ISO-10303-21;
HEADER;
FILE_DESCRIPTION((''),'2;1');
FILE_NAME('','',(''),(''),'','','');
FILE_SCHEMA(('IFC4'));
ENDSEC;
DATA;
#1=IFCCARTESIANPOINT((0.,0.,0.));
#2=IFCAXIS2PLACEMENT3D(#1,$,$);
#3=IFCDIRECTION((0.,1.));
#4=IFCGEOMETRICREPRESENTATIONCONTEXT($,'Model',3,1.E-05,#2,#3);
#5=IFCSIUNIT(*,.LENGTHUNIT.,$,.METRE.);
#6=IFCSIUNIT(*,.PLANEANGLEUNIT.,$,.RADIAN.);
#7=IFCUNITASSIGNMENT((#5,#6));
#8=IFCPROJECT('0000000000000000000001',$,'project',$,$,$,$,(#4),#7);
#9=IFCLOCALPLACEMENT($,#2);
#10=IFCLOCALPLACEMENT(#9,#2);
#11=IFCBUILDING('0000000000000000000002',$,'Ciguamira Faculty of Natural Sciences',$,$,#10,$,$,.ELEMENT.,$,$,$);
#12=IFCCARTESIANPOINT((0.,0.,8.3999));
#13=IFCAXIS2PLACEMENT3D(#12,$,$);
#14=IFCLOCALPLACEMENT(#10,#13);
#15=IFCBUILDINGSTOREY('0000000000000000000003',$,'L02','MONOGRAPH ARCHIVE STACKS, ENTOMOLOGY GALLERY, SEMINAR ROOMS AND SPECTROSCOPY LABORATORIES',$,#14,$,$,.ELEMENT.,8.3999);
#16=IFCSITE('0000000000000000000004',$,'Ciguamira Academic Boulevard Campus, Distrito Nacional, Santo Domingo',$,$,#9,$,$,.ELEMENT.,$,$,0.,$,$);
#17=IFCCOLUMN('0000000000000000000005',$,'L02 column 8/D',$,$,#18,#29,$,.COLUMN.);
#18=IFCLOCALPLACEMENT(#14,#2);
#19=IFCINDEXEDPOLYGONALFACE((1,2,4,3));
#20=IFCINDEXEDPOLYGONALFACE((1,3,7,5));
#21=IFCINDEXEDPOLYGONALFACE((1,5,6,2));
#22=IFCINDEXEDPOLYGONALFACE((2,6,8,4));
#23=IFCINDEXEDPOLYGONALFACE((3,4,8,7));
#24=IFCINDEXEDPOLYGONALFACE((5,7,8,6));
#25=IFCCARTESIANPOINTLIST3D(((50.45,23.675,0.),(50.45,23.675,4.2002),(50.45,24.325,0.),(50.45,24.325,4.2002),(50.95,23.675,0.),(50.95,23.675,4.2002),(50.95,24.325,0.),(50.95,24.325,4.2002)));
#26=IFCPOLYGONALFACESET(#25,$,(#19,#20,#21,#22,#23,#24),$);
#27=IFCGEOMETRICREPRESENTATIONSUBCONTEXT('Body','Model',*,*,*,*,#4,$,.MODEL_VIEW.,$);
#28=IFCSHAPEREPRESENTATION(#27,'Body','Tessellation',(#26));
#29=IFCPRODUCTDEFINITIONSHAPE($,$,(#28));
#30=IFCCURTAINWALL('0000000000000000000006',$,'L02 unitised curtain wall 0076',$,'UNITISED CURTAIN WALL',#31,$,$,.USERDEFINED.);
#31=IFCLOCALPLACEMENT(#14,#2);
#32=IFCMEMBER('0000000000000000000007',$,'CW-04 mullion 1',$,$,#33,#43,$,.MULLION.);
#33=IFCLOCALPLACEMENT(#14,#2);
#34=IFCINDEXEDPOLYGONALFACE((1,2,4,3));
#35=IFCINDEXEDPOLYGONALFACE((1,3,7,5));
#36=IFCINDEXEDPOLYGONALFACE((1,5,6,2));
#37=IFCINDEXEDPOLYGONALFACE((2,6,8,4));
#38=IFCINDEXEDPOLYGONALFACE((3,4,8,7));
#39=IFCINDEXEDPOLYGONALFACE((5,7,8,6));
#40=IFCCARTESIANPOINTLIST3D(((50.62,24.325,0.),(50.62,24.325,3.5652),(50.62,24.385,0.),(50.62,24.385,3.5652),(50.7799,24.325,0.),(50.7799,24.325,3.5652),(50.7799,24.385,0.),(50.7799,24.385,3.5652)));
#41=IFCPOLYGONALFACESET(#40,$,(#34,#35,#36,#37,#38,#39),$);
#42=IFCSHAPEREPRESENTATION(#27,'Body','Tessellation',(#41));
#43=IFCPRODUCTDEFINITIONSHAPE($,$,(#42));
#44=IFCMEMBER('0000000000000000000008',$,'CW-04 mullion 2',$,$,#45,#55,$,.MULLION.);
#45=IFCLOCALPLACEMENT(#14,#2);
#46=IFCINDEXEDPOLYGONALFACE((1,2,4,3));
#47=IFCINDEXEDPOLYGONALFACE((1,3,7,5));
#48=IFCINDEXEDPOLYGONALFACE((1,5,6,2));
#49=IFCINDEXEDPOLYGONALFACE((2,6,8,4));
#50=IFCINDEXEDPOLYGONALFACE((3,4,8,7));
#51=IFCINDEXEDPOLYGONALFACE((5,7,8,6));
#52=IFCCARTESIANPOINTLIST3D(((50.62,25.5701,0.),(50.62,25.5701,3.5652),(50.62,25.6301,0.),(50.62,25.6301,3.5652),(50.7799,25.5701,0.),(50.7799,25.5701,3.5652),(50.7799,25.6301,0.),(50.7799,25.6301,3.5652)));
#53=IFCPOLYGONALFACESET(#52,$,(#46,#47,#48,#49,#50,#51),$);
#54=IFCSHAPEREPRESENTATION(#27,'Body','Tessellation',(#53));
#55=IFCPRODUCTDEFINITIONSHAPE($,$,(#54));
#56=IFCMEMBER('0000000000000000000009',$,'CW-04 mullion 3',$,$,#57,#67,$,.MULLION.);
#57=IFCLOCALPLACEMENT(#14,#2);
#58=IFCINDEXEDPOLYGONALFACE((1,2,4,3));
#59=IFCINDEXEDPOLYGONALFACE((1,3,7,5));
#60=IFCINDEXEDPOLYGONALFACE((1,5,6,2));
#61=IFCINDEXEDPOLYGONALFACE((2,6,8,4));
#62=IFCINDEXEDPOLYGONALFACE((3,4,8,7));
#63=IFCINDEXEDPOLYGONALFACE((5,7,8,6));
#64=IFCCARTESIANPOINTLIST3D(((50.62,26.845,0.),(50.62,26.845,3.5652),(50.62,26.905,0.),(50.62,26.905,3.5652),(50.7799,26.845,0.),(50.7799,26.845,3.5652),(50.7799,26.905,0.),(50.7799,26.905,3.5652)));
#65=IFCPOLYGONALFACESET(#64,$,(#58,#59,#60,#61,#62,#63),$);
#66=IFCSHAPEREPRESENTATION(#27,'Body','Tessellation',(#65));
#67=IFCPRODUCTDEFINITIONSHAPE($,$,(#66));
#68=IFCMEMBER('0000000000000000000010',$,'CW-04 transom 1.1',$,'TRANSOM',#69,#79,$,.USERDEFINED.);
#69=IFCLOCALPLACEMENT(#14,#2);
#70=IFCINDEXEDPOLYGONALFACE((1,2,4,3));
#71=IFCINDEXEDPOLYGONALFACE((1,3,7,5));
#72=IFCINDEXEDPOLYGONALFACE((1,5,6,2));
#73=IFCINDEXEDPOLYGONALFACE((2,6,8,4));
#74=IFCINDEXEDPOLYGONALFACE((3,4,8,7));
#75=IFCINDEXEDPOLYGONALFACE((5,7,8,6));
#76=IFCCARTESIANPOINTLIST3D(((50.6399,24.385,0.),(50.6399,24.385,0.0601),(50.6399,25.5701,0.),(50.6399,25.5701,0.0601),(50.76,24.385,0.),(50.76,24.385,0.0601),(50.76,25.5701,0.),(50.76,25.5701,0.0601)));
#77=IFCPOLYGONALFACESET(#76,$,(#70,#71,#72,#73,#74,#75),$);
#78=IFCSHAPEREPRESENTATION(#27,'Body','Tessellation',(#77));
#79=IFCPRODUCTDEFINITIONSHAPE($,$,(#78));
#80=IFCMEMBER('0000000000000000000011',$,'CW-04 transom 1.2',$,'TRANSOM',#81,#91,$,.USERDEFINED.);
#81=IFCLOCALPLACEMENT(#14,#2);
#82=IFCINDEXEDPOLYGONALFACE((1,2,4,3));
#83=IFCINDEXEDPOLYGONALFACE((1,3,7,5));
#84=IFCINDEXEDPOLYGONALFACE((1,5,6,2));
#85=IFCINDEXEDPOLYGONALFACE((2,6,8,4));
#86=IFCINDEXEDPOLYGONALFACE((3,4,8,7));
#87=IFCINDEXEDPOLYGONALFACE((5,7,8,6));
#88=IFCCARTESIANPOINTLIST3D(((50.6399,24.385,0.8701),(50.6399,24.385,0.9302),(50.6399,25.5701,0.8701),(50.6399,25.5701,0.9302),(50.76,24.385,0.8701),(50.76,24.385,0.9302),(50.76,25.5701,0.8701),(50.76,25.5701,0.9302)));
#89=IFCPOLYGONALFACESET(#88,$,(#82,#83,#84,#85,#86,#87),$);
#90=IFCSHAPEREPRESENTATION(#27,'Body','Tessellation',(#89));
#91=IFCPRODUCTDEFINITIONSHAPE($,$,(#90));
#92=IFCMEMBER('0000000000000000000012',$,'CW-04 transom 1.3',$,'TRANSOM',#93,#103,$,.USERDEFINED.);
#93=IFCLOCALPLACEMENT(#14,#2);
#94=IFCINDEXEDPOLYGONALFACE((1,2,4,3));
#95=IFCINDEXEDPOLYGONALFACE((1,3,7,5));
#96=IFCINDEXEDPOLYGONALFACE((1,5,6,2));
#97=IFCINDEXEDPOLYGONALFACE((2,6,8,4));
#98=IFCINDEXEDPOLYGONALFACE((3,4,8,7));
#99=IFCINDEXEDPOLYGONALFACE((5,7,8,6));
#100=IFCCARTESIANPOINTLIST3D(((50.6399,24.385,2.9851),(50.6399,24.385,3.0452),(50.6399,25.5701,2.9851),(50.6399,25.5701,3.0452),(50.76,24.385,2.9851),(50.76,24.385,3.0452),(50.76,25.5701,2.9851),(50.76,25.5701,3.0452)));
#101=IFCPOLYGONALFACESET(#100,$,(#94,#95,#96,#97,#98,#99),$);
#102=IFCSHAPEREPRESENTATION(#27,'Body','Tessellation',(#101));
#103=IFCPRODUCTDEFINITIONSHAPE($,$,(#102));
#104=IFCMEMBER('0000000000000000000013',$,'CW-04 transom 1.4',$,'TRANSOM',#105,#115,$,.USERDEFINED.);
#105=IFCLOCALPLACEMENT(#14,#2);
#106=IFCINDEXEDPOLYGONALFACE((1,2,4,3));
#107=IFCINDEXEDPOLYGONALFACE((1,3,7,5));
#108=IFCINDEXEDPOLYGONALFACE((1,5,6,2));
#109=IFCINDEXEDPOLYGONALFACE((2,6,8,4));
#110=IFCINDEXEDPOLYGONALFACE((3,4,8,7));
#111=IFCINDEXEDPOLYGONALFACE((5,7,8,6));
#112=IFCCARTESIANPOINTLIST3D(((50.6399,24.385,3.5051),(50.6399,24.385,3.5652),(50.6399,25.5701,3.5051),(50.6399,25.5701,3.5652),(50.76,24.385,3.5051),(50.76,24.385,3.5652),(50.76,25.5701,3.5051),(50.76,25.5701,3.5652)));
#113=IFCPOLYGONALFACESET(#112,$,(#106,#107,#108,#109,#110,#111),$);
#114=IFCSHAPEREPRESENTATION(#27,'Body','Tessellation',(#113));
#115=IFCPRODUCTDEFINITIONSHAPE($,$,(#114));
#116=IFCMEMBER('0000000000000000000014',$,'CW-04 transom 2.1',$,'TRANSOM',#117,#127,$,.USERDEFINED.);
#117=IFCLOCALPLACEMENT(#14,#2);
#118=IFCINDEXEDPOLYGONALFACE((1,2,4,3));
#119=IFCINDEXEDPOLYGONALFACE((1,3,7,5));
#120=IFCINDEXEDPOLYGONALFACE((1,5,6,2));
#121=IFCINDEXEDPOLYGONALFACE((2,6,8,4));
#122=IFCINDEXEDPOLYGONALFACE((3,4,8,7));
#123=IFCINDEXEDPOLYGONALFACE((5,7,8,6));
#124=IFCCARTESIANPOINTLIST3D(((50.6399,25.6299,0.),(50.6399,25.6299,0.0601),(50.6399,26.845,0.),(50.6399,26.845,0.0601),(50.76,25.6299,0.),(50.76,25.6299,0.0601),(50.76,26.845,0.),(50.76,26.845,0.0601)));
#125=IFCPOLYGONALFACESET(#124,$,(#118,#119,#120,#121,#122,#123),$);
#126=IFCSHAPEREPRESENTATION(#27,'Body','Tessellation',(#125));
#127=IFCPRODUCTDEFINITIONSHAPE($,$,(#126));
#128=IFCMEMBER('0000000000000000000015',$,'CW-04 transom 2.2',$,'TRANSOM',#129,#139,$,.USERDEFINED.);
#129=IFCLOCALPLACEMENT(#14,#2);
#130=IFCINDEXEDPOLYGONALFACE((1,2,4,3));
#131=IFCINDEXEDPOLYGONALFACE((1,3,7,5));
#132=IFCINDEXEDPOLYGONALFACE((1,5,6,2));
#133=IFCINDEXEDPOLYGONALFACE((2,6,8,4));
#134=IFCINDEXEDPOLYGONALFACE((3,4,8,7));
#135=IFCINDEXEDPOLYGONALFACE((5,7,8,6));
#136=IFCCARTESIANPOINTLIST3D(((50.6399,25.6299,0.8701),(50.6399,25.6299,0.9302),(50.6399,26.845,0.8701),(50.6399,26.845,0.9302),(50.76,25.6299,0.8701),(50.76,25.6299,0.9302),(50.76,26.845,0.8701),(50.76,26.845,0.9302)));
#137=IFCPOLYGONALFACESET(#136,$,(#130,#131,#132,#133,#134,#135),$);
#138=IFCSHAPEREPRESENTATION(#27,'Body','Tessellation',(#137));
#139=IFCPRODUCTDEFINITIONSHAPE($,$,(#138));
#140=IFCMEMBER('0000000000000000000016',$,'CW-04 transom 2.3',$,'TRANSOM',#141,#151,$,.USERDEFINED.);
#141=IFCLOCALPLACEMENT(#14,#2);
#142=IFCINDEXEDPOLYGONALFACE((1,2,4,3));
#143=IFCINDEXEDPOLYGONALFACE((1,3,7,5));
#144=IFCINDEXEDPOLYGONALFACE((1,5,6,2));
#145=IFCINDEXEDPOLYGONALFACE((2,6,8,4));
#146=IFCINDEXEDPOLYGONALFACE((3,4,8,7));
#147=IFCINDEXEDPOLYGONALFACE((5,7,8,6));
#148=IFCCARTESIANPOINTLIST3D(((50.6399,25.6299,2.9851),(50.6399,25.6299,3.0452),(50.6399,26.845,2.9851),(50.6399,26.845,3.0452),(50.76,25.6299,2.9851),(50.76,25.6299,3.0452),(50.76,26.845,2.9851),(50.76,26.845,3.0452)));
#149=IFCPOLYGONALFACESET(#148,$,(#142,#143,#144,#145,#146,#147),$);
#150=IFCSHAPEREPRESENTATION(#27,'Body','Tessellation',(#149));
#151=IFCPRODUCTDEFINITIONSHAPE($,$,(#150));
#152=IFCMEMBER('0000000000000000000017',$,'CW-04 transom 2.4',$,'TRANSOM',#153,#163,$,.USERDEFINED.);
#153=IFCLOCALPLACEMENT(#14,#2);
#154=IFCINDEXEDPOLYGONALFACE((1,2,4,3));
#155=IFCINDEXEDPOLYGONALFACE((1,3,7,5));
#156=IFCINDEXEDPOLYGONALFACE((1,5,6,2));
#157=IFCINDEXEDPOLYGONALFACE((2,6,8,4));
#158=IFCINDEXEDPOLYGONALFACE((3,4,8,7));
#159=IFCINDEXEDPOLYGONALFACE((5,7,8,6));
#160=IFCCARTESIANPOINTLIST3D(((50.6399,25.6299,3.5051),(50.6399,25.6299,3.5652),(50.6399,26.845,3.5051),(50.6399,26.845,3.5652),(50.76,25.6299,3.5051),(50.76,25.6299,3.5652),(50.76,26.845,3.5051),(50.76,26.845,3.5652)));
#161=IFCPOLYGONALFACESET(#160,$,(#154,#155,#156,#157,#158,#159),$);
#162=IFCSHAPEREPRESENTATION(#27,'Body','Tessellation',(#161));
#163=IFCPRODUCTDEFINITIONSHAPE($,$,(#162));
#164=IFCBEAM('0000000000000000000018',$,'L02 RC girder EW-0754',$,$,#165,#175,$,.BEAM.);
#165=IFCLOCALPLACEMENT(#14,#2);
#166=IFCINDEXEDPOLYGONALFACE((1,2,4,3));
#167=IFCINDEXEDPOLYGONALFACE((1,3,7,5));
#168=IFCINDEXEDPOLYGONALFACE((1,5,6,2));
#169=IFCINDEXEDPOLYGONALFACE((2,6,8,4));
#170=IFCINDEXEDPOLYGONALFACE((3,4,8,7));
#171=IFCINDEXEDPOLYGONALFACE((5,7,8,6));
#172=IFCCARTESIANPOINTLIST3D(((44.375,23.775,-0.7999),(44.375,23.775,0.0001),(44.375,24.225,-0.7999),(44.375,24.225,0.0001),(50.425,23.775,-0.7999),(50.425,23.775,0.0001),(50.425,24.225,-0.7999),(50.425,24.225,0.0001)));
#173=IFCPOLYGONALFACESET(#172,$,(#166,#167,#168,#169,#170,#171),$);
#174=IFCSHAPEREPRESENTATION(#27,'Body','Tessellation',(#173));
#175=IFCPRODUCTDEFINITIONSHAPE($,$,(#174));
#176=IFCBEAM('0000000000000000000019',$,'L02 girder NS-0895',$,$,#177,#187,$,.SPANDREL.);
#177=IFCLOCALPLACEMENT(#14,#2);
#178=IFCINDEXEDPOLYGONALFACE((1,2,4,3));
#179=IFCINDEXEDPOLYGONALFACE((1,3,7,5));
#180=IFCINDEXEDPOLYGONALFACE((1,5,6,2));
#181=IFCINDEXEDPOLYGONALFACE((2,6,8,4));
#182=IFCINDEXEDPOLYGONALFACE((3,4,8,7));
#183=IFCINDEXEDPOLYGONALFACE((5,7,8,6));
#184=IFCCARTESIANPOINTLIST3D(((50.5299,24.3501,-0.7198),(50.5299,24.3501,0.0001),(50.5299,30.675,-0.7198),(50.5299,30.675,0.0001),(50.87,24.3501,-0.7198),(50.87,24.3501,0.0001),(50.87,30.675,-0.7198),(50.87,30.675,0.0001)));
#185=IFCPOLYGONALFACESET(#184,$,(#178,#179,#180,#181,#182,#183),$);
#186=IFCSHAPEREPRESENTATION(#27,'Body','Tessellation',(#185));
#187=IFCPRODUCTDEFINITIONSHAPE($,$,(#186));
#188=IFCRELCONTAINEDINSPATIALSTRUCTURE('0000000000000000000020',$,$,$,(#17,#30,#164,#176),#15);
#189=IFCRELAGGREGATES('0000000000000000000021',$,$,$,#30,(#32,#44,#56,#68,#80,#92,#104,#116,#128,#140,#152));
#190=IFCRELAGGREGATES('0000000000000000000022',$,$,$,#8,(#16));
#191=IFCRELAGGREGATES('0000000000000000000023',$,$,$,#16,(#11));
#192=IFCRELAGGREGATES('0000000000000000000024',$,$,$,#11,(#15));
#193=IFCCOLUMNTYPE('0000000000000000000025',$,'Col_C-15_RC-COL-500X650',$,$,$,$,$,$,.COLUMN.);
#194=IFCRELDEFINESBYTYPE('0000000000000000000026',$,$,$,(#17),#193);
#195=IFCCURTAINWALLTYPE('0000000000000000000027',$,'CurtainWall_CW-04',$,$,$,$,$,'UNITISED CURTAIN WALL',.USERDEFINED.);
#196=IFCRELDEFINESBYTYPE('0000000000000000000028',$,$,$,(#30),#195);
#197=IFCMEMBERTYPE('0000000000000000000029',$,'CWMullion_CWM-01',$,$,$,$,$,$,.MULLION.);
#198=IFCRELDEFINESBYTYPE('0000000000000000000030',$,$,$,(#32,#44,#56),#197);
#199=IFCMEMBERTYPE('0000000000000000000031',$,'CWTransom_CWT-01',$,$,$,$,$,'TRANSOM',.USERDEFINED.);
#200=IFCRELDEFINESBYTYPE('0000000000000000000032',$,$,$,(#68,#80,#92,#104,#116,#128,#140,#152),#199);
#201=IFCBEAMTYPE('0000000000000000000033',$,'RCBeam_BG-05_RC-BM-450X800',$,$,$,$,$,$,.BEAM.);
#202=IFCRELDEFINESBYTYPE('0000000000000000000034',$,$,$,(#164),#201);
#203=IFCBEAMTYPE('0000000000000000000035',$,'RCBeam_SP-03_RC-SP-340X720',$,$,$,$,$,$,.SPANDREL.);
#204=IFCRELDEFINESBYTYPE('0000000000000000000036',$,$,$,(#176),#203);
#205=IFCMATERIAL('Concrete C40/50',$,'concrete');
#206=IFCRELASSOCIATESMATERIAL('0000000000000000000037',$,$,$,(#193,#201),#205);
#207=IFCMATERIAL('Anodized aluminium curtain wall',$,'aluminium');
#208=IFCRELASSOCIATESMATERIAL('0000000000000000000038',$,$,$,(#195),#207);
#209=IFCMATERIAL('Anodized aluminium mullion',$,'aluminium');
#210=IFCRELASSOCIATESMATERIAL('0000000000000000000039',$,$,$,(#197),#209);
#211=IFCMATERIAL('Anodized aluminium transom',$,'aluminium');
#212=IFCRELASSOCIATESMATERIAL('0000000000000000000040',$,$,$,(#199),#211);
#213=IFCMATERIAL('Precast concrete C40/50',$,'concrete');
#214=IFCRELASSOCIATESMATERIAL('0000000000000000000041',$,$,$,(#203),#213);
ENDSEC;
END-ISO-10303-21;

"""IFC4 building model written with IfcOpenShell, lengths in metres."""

from ifc_helpers import new_model, si_unit, direction, frame, origin, origin_2d, place, context, subcontext, project, spatial, rectangle, extrude, material, material_profile, profile_set, type_object, element, aggregate, save


model = new_model("IFC4")

# Units and contexts
model_context = context("Model", 3, precision=1e-05, world=origin(), true_north=direction((0.0, 1.0)))
body_context = subcontext(model_context, "Body", "Model", "MODEL_VIEW")
ifc_project = project(units=[si_unit("LENGTHUNIT", "METRE"), si_unit("PLANEANGLEUNIT", "RADIAN")], contexts=[model_context])

# Site, building, storey
site_placement = place(None, origin())
site = spatial("IfcSite", under=ifc_project, at=site_placement, Name="Ciguamira Academic Boulevard Campus, Distrito Nacional, Santo Domingo", CompositionType="ELEMENT", RefElevation=0.0)
building_placement = place(site_placement, origin())
building = spatial("IfcBuilding", under=site, at=building_placement, Name="Ciguamira Faculty of Natural Sciences", CompositionType="ELEMENT")
storey_placement = place(building_placement, frame((0.0, 0.0, 8.3999)))
storey = spatial("IfcBuildingStorey", under=building, at=storey_placement, Name="L02", Description="MONOGRAPH ARCHIVE STACKS, ENTOMOLOGY GALLERY, SEMINAR ROOMS AND SPECTROSCOPY LABORATORIES", CompositionType="ELEMENT", Elevation=8.3999)

# Column
ifc_material_1 = material(Name="Concrete C40/50", Category="concrete")
ifc_material_profile_1 = material_profile(ifc_material_1, rectangle(XDim=0.5, YDim=0.6499, at=origin_2d()), Name="RC-COL-500X650")
ifc_profile_set_1 = profile_set([ifc_material_profile_1], Name="Concrete C40/50")
column_type = type_object("IfcColumnType", Name="Col_C-15_RC-COL-500X650", PredefinedType="COLUMN", material=ifc_profile_set_1)
column_placement = place(storey_placement, frame((50.7, 24.0, 0.0), z_axis=(0.0, 0.0, 1.0), x_axis=(1.0, 0.0, 0.0)))
element("IfcColumn", 1, at=column_placement, inside=storey, type_object=column_type, Name="L02 column 8/D", PredefinedType="COLUMN", context=body_context, shape_type="SweptSolid", body=[
    extrude(rectangle(XDim=0.5, YDim=0.6499, at=origin_2d()), origin(), (0.0, 0.0, 1.0), 4.2002),
])

# Curtain wall, members
ifc_material_2 = material(Name="Anodized aluminium curtain wall", Category="aluminium")
curtain_wall_type = type_object("IfcCurtainWallType", Name="CurtainWall_CW-04", ElementType="UNITISED CURTAIN WALL", PredefinedType="USERDEFINED", material=ifc_material_2)
curtain_wall_placement = place(storey_placement, origin())
curtain_wall = element("IfcCurtainWall", 2, at=curtain_wall_placement, inside=storey, type_object=curtain_wall_type, Name="L02 unitised curtain wall 0076", ObjectType="UNITISED CURTAIN WALL", PredefinedType="USERDEFINED")
ifc_material_3 = material(Name="Anodized aluminium mullion", Category="aluminium")
ifc_material_profile_2 = material_profile(ifc_material_3, rectangle(XDim=0.0601, YDim=0.1599, at=origin_2d()), Name="ALU-MUL-60X160")
ifc_profile_set_2 = profile_set([ifc_material_profile_2], Name="Anodized aluminium mullion")
member_type_1 = type_object("IfcMemberType", Name="CWMullion_CWM-01", PredefinedType="MULLION", material=ifc_profile_set_2)
member_1_placement = place(storey_placement, frame((50.7, 24.355, 0.0), z_axis=(0.0, 0.0, 1.0), x_axis=(0.0, 1.0, 0.0)))
member_1 = element("IfcMember", 3, at=member_1_placement, type_object=member_type_1, Name="CW-04 mullion 1", PredefinedType="MULLION", context=body_context, shape_type="SweptSolid", body=[
    extrude(rectangle(XDim=0.0601, YDim=0.1599, at=origin_2d()), origin(), (0.0, 0.0, 1.0), 3.5652),
])
member_2_placement = place(storey_placement, frame((50.7, 25.6001, 0.0), z_axis=(0.0, 0.0, 1.0), x_axis=(0.0, 1.0, 0.0)))
member_2 = element("IfcMember", 4, at=member_2_placement, type_object=member_type_1, Name="CW-04 mullion 2", PredefinedType="MULLION", context=body_context, shape_type="SweptSolid", body=[
    extrude(rectangle(XDim=0.0601, YDim=0.1599, at=origin_2d()), origin(), (0.0, 0.0, 1.0), 3.5652),
])
member_3_placement = place(storey_placement, frame((50.7, 26.875, 0.0), z_axis=(0.0, 0.0, 1.0), x_axis=(0.0, 1.0, 0.0)))
member_3 = element("IfcMember", 5, at=member_3_placement, type_object=member_type_1, Name="CW-04 mullion 3", PredefinedType="MULLION", context=body_context, shape_type="SweptSolid", body=[
    extrude(rectangle(XDim=0.0601, YDim=0.1599, at=origin_2d()), origin(), (0.0, 0.0, 1.0), 3.5652),
])
ifc_material_4 = material(Name="Anodized aluminium transom", Category="aluminium")
ifc_material_profile_3 = material_profile(ifc_material_4, rectangle(XDim=0.0601, YDim=0.1201, at=origin_2d()), Name="ALU-TRN-60X120")
ifc_profile_set_3 = profile_set([ifc_material_profile_3], Name="Anodized aluminium transom")
member_type_2 = type_object("IfcMemberType", Name="CWTransom_CWT-01", ElementType="TRANSOM", PredefinedType="USERDEFINED", material=ifc_profile_set_3)
member_4_placement = place(storey_placement, frame((50.7, 24.385, 0.03), z_axis=(0.0, 1.0, 0.0), x_axis=(0.0, 0.0, 1.0)))
member_4 = element("IfcMember", 6, at=member_4_placement, type_object=member_type_2, Name="CW-04 transom 1.1", ObjectType="TRANSOM", PredefinedType="USERDEFINED", context=body_context, shape_type="SweptSolid", body=[
    extrude(rectangle(XDim=0.0601, YDim=0.1201, at=origin_2d()), origin(), (0.0, 0.0, 1.0), 1.1851),
])
member_5_placement = place(storey_placement, frame((50.7, 24.385, 0.9001), z_axis=(0.0, 1.0, 0.0), x_axis=(0.0, 0.0, 1.0)))
member_5 = element("IfcMember", 7, at=member_5_placement, type_object=member_type_2, Name="CW-04 transom 1.2", ObjectType="TRANSOM", PredefinedType="USERDEFINED", context=body_context, shape_type="SweptSolid", body=[
    extrude(rectangle(XDim=0.0601, YDim=0.1201, at=origin_2d()), origin(), (0.0, 0.0, 1.0), 1.1851),
])
member_6_placement = place(storey_placement, frame((50.7, 24.385, 3.0151), z_axis=(0.0, 1.0, 0.0), x_axis=(0.0, 0.0, 1.0)))
member_6 = element("IfcMember", 8, at=member_6_placement, type_object=member_type_2, Name="CW-04 transom 1.3", ObjectType="TRANSOM", PredefinedType="USERDEFINED", context=body_context, shape_type="SweptSolid", body=[
    extrude(rectangle(XDim=0.0601, YDim=0.1201, at=origin_2d()), origin(), (0.0, 0.0, 1.0), 1.1851),
])
member_7_placement = place(storey_placement, frame((50.7, 24.385, 3.5352), z_axis=(0.0, 1.0, 0.0), x_axis=(0.0, 0.0, 1.0)))
member_7 = element("IfcMember", 9, at=member_7_placement, type_object=member_type_2, Name="CW-04 transom 1.4", ObjectType="TRANSOM", PredefinedType="USERDEFINED", context=body_context, shape_type="SweptSolid", body=[
    extrude(rectangle(XDim=0.0601, YDim=0.1201, at=origin_2d()), origin(), (0.0, 0.0, 1.0), 1.1851),
])
member_8_placement = place(storey_placement, frame((50.7, 25.6299, 0.03), z_axis=(0.0, 1.0, 0.0), x_axis=(0.0, 0.0, 1.0)))
member_8 = element("IfcMember", 10, at=member_8_placement, type_object=member_type_2, Name="CW-04 transom 2.1", ObjectType="TRANSOM", PredefinedType="USERDEFINED", context=body_context, shape_type="SweptSolid", body=[
    extrude(rectangle(XDim=0.0601, YDim=0.1201, at=origin_2d()), origin(), (0.0, 0.0, 1.0), 1.2151),
])
member_9_placement = place(storey_placement, frame((50.7, 25.6299, 0.9001), z_axis=(0.0, 1.0, 0.0), x_axis=(0.0, 0.0, 1.0)))
member_9 = element("IfcMember", 11, at=member_9_placement, type_object=member_type_2, Name="CW-04 transom 2.2", ObjectType="TRANSOM", PredefinedType="USERDEFINED", context=body_context, shape_type="SweptSolid", body=[
    extrude(rectangle(XDim=0.0601, YDim=0.1201, at=origin_2d()), origin(), (0.0, 0.0, 1.0), 1.2151),
])
member_10_placement = place(storey_placement, frame((50.7, 25.6299, 3.0151), z_axis=(0.0, 1.0, 0.0), x_axis=(0.0, 0.0, 1.0)))
member_10 = element("IfcMember", 12, at=member_10_placement, type_object=member_type_2, Name="CW-04 transom 2.3", ObjectType="TRANSOM", PredefinedType="USERDEFINED", context=body_context, shape_type="SweptSolid", body=[
    extrude(rectangle(XDim=0.0601, YDim=0.1201, at=origin_2d()), origin(), (0.0, 0.0, 1.0), 1.2151),
])
member_11_placement = place(storey_placement, frame((50.7, 25.6299, 3.5352), z_axis=(0.0, 1.0, 0.0), x_axis=(0.0, 0.0, 1.0)))
member_11 = element("IfcMember", 13, at=member_11_placement, type_object=member_type_2, Name="CW-04 transom 2.4", ObjectType="TRANSOM", PredefinedType="USERDEFINED", context=body_context, shape_type="SweptSolid", body=[
    extrude(rectangle(XDim=0.0601, YDim=0.1201, at=origin_2d()), origin(), (0.0, 0.0, 1.0), 1.2151),
])

# Beams
ifc_material_profile_4 = material_profile(ifc_material_1, rectangle(XDim=0.45, YDim=0.8, at=origin_2d()), Name="RC-BM-450X800")
ifc_profile_set_4 = profile_set([ifc_material_profile_4], Name="Concrete C40/50")
beam_type_1 = type_object("IfcBeamType", Name="RCBeam_BG-05_RC-BM-450X800", PredefinedType="BEAM", material=ifc_profile_set_4)
beam_1_placement = place(storey_placement, frame((44.375, 24.0, -0.3999), z_axis=(1.0, 0.0, 0.0), x_axis=(0.0, 1.0, 0.0)))
element("IfcBeam", 14, at=beam_1_placement, inside=storey, type_object=beam_type_1, Name="L02 RC girder EW-0754", PredefinedType="BEAM", context=body_context, shape_type="SweptSolid", body=[
    extrude(rectangle(XDim=0.45, YDim=0.8, at=origin_2d()), origin(), (0.0, 0.0, 1.0), 6.05),
])
ifc_material_5 = material(Name="Precast concrete C40/50", Category="concrete")
ifc_material_profile_5 = material_profile(ifc_material_5, rectangle(XDim=0.3401, YDim=0.72, at=origin_2d()), Name="RC-SP-340X720")
ifc_profile_set_5 = profile_set([ifc_material_profile_5], Name="Precast concrete C40/50")
beam_type_2 = type_object("IfcBeamType", Name="RCBeam_SP-03_RC-SP-340X720", PredefinedType="SPANDREL", material=ifc_profile_set_5)
beam_2_placement = place(storey_placement, frame((50.7, 24.3501, -0.3599), z_axis=(0.0, 1.0, 0.0), x_axis=(-1.0, 0.0, 0.0)))
element("IfcBeam", 15, at=beam_2_placement, inside=storey, type_object=beam_type_2, Name="L02 girder NS-0895", PredefinedType="SPANDREL", context=body_context, shape_type="SweptSolid", body=[
    extrude(rectangle(XDim=0.3401, YDim=0.72, at=origin_2d()), origin(), (0.0, 0.0, 1.0), 6.325),
])

aggregate(curtain_wall, [member_1, member_2, member_3, member_4, member_5, member_6, member_7, member_8, member_9, member_10, member_11])

save(model, "model.ifc")
